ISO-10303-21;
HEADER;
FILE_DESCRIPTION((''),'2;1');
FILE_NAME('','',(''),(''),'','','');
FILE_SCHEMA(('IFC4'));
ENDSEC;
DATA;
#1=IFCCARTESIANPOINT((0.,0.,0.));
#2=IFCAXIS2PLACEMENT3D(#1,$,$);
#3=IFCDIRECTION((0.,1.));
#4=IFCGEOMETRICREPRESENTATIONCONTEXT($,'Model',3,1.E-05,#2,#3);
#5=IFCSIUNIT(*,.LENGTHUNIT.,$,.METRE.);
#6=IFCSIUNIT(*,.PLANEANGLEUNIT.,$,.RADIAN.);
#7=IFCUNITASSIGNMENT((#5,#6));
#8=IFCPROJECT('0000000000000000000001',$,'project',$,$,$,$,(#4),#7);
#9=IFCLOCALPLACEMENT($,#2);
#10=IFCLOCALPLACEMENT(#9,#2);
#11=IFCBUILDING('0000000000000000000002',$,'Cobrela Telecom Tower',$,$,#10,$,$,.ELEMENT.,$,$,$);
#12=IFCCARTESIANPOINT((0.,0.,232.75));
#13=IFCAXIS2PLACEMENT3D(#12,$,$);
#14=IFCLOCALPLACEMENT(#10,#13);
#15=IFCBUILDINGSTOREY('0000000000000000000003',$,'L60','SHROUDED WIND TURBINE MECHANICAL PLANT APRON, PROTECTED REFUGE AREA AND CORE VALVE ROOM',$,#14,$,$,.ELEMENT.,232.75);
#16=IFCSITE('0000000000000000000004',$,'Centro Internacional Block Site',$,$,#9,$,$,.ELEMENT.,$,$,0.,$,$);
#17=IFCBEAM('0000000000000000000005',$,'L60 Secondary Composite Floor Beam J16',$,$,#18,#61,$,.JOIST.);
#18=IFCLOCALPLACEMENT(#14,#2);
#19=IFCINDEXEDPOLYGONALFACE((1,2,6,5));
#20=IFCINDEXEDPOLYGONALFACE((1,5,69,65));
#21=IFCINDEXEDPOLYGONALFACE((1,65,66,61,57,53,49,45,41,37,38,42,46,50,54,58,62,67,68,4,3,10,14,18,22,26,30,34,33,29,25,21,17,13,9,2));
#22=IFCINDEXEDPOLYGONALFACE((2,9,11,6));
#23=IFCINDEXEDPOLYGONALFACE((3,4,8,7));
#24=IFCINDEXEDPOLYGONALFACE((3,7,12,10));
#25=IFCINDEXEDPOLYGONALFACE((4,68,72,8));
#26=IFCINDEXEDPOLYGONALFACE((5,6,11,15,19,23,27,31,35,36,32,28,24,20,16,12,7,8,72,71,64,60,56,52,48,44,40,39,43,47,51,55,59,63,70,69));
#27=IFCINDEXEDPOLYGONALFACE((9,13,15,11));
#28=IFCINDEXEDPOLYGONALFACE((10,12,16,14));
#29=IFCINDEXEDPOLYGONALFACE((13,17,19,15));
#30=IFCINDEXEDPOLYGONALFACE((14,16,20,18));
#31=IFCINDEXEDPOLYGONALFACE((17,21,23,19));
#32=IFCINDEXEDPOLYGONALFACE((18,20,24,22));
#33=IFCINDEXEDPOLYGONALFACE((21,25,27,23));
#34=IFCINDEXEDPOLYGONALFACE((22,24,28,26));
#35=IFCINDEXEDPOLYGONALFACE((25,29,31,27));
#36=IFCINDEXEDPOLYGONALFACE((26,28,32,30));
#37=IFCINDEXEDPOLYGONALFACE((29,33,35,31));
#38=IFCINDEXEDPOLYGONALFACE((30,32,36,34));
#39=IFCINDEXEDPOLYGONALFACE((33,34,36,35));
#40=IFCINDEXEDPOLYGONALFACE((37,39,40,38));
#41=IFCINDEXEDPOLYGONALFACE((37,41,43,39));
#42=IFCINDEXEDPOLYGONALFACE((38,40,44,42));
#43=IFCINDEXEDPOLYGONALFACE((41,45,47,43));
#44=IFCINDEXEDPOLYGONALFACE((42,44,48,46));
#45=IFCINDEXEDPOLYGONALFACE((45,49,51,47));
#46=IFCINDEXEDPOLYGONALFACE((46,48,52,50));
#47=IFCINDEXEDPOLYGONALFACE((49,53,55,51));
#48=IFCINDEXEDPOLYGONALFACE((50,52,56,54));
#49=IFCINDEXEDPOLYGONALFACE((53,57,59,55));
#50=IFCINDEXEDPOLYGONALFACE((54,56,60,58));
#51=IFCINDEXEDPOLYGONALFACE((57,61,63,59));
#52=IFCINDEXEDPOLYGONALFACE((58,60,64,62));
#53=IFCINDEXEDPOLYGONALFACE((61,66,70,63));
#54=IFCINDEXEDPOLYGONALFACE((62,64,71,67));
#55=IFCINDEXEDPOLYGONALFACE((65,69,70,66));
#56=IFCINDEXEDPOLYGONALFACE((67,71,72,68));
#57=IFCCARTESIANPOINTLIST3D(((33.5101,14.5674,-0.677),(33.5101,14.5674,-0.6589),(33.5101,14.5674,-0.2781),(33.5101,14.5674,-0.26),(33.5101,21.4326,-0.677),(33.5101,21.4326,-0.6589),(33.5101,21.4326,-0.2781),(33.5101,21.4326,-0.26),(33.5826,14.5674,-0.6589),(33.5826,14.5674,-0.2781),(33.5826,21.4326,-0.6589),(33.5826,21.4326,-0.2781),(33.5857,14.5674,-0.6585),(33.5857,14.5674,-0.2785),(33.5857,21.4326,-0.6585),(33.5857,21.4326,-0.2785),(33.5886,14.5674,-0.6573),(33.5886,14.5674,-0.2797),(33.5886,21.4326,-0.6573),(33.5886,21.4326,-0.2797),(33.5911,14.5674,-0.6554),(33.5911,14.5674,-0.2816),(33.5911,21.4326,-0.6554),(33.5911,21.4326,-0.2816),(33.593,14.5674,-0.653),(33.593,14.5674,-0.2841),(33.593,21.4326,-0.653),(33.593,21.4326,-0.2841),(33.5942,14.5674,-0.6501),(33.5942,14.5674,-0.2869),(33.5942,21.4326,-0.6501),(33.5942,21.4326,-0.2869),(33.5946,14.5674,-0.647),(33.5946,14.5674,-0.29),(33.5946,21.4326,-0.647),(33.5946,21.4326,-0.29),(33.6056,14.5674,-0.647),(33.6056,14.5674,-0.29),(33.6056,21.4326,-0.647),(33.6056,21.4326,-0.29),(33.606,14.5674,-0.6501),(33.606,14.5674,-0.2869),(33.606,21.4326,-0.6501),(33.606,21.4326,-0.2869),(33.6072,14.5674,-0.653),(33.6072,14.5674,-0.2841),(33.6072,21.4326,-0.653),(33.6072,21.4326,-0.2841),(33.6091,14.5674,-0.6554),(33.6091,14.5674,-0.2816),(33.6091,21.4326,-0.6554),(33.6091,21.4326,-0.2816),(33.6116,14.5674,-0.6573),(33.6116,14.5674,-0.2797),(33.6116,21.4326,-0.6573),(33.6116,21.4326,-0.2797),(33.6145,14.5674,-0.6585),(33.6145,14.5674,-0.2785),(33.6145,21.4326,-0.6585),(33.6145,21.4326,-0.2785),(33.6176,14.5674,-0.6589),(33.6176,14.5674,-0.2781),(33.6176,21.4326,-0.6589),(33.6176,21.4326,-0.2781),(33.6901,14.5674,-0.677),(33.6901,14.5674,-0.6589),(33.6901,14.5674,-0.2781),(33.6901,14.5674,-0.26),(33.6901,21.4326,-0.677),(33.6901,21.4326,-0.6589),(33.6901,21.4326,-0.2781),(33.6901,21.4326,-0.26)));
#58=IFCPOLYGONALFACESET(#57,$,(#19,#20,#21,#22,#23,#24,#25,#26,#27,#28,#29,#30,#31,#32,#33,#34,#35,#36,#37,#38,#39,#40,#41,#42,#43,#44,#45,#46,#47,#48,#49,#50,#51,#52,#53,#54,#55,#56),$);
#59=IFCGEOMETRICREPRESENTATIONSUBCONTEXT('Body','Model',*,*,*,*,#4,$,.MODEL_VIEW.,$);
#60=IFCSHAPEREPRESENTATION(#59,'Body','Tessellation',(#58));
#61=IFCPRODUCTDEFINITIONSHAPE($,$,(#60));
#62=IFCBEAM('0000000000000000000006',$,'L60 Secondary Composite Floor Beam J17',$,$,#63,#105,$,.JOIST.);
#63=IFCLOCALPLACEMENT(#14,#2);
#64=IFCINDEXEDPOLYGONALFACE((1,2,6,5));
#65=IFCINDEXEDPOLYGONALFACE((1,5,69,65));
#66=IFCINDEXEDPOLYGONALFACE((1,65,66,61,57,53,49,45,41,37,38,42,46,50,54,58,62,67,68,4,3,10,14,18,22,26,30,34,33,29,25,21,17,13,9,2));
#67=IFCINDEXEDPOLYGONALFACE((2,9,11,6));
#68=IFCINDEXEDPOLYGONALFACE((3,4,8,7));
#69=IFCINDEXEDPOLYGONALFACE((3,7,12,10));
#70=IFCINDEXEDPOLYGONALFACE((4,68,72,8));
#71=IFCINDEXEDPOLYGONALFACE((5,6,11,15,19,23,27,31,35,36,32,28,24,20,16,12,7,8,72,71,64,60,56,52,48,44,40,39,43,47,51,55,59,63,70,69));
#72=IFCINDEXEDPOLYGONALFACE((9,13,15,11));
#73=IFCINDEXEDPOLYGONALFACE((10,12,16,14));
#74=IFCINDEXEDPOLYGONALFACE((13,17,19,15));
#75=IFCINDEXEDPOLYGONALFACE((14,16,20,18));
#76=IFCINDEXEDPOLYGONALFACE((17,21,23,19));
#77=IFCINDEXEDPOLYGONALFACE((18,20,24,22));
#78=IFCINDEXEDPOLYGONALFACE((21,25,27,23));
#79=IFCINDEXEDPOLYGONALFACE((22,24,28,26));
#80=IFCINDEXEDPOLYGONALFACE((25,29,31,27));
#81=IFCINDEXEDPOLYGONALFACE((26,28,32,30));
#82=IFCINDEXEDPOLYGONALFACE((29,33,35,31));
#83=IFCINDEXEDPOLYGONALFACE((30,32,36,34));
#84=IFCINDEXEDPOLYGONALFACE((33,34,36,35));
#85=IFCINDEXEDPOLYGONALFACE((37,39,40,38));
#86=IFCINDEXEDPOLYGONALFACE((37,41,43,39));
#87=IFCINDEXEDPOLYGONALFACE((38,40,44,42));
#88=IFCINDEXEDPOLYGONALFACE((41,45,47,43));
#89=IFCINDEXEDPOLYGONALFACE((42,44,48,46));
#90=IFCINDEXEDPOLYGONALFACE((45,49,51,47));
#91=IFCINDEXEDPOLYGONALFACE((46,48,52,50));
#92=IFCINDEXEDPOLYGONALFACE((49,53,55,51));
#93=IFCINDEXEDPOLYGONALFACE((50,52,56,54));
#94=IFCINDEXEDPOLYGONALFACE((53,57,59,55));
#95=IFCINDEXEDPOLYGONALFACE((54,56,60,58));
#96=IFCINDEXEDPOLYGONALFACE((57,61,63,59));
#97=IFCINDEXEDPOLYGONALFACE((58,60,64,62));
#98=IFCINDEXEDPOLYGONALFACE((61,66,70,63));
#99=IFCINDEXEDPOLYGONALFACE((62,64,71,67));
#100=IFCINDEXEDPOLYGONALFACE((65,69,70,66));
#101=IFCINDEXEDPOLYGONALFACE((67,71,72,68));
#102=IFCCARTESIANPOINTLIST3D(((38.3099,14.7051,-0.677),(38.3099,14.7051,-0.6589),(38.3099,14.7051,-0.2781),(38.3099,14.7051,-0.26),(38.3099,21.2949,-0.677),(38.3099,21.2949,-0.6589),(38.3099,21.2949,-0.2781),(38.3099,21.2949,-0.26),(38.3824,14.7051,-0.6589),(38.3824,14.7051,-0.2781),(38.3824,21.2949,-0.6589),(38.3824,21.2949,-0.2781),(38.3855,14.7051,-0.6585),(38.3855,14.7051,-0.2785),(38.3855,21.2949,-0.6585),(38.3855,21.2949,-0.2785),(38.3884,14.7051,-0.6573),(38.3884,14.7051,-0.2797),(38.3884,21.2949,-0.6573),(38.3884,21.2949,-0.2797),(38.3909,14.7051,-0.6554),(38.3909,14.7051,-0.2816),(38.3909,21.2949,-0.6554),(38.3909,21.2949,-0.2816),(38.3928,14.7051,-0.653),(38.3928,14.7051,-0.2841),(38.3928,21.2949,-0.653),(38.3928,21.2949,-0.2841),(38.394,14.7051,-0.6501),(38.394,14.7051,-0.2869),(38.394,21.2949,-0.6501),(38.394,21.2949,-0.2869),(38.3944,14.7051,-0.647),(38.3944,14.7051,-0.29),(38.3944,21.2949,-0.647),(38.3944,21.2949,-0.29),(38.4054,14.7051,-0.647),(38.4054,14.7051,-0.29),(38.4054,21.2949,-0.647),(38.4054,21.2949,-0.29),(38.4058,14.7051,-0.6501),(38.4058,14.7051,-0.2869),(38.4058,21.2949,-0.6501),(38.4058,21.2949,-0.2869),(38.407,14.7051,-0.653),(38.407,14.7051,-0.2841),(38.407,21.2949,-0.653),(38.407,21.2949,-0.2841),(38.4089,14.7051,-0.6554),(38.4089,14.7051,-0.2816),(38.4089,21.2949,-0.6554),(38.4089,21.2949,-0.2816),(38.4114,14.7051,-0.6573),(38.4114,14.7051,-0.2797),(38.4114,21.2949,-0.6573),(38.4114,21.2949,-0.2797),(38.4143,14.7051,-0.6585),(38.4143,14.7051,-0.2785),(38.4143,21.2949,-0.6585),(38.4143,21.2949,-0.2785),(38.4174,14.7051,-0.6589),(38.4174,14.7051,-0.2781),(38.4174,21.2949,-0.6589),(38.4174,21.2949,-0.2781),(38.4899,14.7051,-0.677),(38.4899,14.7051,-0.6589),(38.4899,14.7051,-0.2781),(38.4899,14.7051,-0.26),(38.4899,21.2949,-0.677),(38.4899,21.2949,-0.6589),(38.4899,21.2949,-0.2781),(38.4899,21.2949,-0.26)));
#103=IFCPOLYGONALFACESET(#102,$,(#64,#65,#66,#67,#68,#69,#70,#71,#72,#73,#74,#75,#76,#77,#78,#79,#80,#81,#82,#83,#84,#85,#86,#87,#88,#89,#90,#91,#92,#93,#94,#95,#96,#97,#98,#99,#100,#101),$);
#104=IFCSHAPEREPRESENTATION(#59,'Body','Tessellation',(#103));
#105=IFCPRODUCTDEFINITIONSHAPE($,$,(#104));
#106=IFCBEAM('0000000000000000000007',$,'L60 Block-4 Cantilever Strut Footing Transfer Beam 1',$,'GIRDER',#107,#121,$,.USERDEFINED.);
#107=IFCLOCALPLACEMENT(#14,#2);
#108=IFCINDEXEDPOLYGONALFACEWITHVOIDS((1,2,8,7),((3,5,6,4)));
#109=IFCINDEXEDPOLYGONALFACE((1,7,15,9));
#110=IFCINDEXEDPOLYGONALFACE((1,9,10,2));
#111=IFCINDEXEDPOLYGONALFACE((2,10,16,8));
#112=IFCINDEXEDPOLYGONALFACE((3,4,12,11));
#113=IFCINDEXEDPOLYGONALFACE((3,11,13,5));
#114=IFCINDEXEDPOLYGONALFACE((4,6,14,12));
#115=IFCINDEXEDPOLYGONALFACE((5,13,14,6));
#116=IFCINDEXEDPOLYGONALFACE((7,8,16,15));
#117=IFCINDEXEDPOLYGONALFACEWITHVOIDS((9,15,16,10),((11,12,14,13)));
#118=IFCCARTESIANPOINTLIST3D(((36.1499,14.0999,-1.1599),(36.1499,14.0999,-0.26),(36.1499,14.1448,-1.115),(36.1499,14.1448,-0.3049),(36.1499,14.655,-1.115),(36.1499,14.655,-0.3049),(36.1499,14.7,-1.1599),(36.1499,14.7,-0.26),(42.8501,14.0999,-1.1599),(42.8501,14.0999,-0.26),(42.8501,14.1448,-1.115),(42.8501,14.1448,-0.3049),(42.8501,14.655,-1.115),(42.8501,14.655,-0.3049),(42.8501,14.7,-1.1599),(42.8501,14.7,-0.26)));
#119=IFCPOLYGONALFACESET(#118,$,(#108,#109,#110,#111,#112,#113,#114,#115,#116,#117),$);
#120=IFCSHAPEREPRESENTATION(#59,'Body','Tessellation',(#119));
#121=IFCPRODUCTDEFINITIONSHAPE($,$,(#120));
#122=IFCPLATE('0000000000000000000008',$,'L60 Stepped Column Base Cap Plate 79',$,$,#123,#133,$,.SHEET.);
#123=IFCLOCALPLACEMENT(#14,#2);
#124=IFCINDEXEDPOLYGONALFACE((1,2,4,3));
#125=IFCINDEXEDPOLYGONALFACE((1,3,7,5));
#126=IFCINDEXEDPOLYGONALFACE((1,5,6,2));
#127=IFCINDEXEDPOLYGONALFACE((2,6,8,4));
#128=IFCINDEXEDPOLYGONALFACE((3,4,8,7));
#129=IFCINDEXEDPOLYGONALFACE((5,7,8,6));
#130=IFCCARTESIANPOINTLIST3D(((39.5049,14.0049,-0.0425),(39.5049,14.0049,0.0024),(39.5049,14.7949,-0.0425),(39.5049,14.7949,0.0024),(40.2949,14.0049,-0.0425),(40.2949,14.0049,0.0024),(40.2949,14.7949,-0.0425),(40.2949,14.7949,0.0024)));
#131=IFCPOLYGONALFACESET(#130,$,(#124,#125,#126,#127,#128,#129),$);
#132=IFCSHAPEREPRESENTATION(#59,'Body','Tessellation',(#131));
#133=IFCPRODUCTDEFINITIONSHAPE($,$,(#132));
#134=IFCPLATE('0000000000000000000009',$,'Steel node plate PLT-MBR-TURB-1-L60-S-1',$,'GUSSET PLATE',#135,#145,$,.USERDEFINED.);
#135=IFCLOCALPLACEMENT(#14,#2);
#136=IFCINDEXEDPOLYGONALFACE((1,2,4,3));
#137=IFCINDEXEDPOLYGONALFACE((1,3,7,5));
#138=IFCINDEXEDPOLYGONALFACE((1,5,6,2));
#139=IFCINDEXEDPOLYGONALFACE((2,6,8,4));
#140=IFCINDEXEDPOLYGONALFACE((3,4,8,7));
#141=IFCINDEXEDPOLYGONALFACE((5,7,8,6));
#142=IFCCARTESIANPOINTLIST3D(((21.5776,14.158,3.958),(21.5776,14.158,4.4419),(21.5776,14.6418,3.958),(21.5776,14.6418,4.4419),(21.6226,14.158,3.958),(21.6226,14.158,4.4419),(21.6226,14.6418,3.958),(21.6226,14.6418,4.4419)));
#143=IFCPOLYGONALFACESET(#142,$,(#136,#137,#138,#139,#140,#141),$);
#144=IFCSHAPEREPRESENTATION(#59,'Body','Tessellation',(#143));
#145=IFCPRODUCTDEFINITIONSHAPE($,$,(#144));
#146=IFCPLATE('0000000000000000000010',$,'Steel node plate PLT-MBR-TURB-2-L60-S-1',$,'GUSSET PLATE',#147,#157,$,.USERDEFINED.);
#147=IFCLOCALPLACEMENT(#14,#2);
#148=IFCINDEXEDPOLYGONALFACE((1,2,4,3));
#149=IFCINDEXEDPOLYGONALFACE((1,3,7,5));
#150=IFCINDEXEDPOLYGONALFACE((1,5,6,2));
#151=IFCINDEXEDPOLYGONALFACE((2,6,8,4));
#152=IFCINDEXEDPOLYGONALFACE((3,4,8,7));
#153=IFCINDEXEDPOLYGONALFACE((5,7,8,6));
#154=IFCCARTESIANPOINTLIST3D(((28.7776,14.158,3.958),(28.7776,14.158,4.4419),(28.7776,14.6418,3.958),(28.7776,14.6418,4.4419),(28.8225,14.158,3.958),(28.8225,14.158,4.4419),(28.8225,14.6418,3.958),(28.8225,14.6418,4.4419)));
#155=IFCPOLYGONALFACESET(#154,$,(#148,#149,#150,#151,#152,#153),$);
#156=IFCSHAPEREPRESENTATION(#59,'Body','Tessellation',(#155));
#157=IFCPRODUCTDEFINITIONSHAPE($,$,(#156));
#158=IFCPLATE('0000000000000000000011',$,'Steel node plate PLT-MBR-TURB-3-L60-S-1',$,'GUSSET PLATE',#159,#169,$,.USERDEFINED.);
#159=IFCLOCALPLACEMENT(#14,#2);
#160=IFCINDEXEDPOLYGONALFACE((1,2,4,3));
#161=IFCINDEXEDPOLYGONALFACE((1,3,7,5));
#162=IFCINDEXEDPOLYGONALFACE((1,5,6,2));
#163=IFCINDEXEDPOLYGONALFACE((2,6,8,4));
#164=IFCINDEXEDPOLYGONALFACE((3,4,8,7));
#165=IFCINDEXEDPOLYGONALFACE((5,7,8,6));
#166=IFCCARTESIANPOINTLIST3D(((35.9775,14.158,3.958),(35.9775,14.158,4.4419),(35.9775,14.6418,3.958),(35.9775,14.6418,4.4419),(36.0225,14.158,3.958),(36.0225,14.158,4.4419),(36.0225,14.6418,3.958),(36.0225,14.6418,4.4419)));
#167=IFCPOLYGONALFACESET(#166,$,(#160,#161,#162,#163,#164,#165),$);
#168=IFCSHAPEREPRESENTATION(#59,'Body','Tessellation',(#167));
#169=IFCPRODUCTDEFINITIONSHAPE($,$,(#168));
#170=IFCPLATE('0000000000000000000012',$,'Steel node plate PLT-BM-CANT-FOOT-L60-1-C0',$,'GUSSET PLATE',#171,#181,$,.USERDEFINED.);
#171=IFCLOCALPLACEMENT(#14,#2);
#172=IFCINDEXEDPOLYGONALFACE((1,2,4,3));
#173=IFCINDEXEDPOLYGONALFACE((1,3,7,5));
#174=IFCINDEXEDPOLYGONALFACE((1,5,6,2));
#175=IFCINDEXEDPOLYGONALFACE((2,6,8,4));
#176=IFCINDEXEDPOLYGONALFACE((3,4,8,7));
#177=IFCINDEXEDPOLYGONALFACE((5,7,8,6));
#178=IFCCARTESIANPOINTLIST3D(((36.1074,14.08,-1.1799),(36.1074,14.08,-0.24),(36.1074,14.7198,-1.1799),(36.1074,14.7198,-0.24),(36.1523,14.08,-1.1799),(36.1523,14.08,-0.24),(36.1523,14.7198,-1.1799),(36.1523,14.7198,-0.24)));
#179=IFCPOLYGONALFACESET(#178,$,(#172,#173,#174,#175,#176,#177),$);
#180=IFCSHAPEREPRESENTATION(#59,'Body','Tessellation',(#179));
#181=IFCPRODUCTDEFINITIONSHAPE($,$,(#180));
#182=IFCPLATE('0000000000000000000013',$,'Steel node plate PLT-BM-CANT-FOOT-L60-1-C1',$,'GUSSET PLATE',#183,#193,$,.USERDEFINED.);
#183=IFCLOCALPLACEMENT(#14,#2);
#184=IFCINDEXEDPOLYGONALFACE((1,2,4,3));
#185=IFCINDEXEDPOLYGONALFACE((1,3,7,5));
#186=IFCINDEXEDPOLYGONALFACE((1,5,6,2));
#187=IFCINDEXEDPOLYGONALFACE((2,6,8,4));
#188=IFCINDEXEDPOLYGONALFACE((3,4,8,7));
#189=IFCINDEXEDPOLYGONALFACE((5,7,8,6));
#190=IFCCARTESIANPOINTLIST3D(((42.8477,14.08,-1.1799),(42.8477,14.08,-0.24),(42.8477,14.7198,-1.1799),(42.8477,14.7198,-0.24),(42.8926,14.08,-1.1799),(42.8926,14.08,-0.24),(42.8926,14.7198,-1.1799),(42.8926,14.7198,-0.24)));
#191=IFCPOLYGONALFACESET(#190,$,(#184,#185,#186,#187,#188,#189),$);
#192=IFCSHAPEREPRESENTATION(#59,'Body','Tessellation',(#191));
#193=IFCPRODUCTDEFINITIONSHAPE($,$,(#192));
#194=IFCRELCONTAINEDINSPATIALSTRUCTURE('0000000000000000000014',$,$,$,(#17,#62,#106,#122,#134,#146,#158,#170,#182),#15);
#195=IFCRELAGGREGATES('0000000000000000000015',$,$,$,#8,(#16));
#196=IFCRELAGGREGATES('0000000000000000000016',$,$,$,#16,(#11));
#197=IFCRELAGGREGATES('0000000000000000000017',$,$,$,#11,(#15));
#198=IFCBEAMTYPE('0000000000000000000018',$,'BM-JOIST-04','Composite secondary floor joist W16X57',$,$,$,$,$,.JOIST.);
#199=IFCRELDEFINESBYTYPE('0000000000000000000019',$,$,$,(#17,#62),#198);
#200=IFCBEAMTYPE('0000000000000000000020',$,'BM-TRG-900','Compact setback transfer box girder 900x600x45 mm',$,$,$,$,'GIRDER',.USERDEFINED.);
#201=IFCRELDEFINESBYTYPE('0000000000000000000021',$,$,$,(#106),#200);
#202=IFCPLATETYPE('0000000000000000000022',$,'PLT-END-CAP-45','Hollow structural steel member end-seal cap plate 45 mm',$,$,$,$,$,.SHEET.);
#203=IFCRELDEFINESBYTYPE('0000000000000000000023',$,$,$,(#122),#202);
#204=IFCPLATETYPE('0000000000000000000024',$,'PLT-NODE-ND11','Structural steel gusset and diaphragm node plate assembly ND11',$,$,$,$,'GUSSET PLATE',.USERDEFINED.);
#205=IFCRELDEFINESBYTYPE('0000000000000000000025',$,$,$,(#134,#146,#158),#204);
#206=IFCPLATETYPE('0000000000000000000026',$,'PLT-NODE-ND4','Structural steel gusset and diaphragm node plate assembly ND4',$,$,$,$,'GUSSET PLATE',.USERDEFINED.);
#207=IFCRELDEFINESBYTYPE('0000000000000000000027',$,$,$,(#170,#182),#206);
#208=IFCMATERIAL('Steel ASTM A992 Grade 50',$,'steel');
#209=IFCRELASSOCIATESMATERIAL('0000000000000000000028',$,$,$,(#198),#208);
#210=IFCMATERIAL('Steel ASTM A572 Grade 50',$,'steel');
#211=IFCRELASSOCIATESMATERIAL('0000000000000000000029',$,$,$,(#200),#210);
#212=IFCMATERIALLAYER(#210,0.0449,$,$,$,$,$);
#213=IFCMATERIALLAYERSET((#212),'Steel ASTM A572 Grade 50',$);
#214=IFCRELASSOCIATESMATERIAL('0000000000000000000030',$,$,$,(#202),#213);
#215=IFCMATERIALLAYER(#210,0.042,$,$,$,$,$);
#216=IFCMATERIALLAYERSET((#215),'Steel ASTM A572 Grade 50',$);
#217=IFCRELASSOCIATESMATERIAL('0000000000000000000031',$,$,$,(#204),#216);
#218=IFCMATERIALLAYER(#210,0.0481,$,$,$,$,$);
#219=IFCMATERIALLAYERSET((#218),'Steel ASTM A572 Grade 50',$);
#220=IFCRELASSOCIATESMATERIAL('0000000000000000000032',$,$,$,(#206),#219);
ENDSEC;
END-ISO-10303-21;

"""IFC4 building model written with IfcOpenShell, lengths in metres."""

from ifc_helpers import new_model, si_unit, direction, frame, origin, origin_2d, place, context, subcontext, project, spatial, rectangle, hollow_rectangle, i_section, extrude, material, layer, layer_set, material_profile, profile_set, type_object, element, save


model = new_model("IFC4")

# Units and contexts
model_context = context("Model", 3, precision=1e-05, world=origin(), true_north=direction((0.0, 1.0)))
body_context = subcontext(model_context, "Body", "Model", "MODEL_VIEW")
ifc_project = project(units=[si_unit("LENGTHUNIT", "METRE"), si_unit("PLANEANGLEUNIT", "RADIAN")], contexts=[model_context])

# Site, building, storey
site_placement = place(None, origin())
site = spatial("IfcSite", under=ifc_project, at=site_placement, Name="Centro Internacional Block Site", CompositionType="ELEMENT", RefElevation=0.0)
building_placement = place(site_placement, origin())
building = spatial("IfcBuilding", under=site, at=building_placement, Name="Cobrela Telecom Tower", CompositionType="ELEMENT")
storey_placement = place(building_placement, frame((0.0, 0.0, 232.75)))
storey = spatial("IfcBuildingStorey", under=building, at=storey_placement, Name="L60", Description="SHROUDED WIND TURBINE MECHANICAL PLANT APRON, PROTECTED REFUGE AREA AND CORE VALVE ROOM", CompositionType="ELEMENT", Elevation=232.75)

# Shared definitions
ifc_material_1 = material(Name="Steel ASTM A572 Grade 50", Category="steel")
ifc_material_2 = material(Name="Steel ASTM A992 Grade 50", Category="steel")

# Beams
ifc_material_profile_1 = material_profile(ifc_material_2, i_section(OverallWidth=0.1799, OverallDepth=0.417, WebThickness=0.011, FlangeThickness=0.0181, FilletRadius=0.012, at=origin_2d()), Name="W16X57")
ifc_profile_set_1 = profile_set([ifc_material_profile_1], Name="Steel ASTM A992 Grade 50")
beam_type_1 = type_object("IfcBeamType", Name="BM-JOIST-04", Description="Composite secondary floor joist W16X57", PredefinedType="JOIST", material=ifc_profile_set_1)
for number, where, z_axis, x_axis, name in (
    (1, (33.6001, 14.5674, -0.4685), (0.0, 1.0, 0.0), (-1.0, 0.0, 0.0), "L60 Secondary Composite Floor Beam J16"),
):
    element("IfcBeam", number, at=place(storey_placement, frame(where, z_axis=z_axis, x_axis=x_axis)), inside=storey, type_object=beam_type_1, Name=name, PredefinedType="JOIST", context=body_context, shape_type="SweptSolid", body=[
        extrude(i_section(OverallWidth=0.1799, OverallDepth=0.417, WebThickness=0.011, FlangeThickness=0.0181, FilletRadius=0.012, at=origin_2d()), origin(), (0.0, 0.0, 1.0), 6.8652),
    ])
beam_1_placement = place(storey_placement, frame((38.3999, 14.7051, -0.4685), z_axis=(0.0, 1.0, 0.0), x_axis=(-1.0, 0.0, 0.0)))
element("IfcBeam", 2, at=beam_1_placement, inside=storey, type_object=beam_type_1, Name="L60 Secondary Composite Floor Beam J17", PredefinedType="JOIST", context=body_context, shape_type="SweptSolid", body=[
    extrude(i_section(OverallWidth=0.1799, OverallDepth=0.417, WebThickness=0.011, FlangeThickness=0.0181, FilletRadius=0.012, at=origin_2d()), origin(), (0.0, 0.0, 1.0), 6.5898),
])
ifc_material_profile_2 = material_profile(ifc_material_1, hollow_rectangle(XDim=0.6001, YDim=0.8999, WallThickness=0.0449, at=origin_2d()), Name="BOX 900x600x45")
ifc_profile_set_2 = profile_set([ifc_material_profile_2], Name="Steel ASTM A572 Grade 50")
beam_type_2 = type_object("IfcBeamType", Name="BM-TRG-900", Description="Compact setback transfer box girder 900x600x45 mm", ElementType="GIRDER", PredefinedType="USERDEFINED", material=ifc_profile_set_2)
beam_2_placement = place(storey_placement, frame((36.1499, 14.3999, -0.71), z_axis=(1.0, 0.0, 0.0), x_axis=(0.0, 1.0, 0.0)))
element("IfcBeam", 3, at=beam_2_placement, inside=storey, type_object=beam_type_2, Name="L60 Block-4 Cantilever Strut Footing Transfer Beam 1", ObjectType="GIRDER", PredefinedType="USERDEFINED", context=body_context, shape_type="SweptSolid", body=[
    extrude(hollow_rectangle(XDim=0.6001, YDim=0.8999, WallThickness=0.0449, at=origin_2d()), origin(), (0.0, 0.0, 1.0), 6.7002),
])

# Plates
ifc_layer_1 = layer(ifc_material_1, 0.0449)
ifc_layer_set_1 = layer_set([ifc_layer_1], Name="Steel ASTM A572 Grade 50")
plate_type_1 = type_object("IfcPlateType", Name="PLT-END-CAP-45", Description="Hollow structural steel member end-seal cap plate 45 mm", PredefinedType="SHEET", material=ifc_layer_set_1)
plate_1_placement = place(storey_placement, frame((39.8999, 14.3999, -0.0425), z_axis=(0.0, 0.0, 1.0), x_axis=(1.0, 0.0, 0.0)))
element("IfcPlate", 4, at=plate_1_placement, inside=storey, type_object=plate_type_1, Name="L60 Stepped Column Base Cap Plate 79", PredefinedType="SHEET", context=body_context, shape_type="SweptSolid", body=[
    extrude(rectangle(XDim=0.79, YDim=0.79, at=origin_2d()), origin(), (0.0, 0.0, 1.0), 0.0449),
])
ifc_layer_2 = layer(ifc_material_1, 0.042)
ifc_layer_set_2 = layer_set([ifc_layer_2], Name="Steel ASTM A572 Grade 50")
plate_type_2 = type_object("IfcPlateType", Name="PLT-NODE-ND11", Description="Structural steel gusset and diaphragm node plate assembly ND11", ElementType="GUSSET PLATE", PredefinedType="USERDEFINED", material=ifc_layer_set_2)
for number, where, z_axis, x_axis, name in (
    (5, (21.6001, 14.3999, 3.958), (0.0, 0.0, 1.0), (0.0, 1.0, 0.0), "Steel node plate PLT-MBR-TURB-1-L60-S-1"),
    (6, (28.8, 14.3999, 3.958), (0.0, 0.0, 1.0), (0.0, 1.0, 0.0), "Steel node plate PLT-MBR-TURB-2-L60-S-1"),
    (7, (36.0, 14.3999, 3.958), (0.0, 0.0, 1.0), (0.0, 1.0, 0.0), "Steel node plate PLT-MBR-TURB-3-L60-S-1"),
):
    element("IfcPlate", number, at=place(storey_placement, frame(where, z_axis=z_axis, x_axis=x_axis)), inside=storey, type_object=plate_type_2, Name=name, ObjectType="GUSSET PLATE", PredefinedType="USERDEFINED", context=body_context, shape_type="SweptSolid", body=[
        extrude(rectangle(XDim=0.4839, YDim=0.0449, at=origin_2d()), origin(), (0.0, 0.0, 1.0), 0.4839),
    ])
ifc_layer_3 = layer(ifc_material_1, 0.0481)
ifc_layer_set_3 = layer_set([ifc_layer_3], Name="Steel ASTM A572 Grade 50")
plate_type_3 = type_object("IfcPlateType", Name="PLT-NODE-ND4", Description="Structural steel gusset and diaphragm node plate assembly ND4", ElementType="GUSSET PLATE", PredefinedType="USERDEFINED", material=ifc_layer_set_3)
for number, where, z_axis, x_axis, name in (
    (8, (36.1299, 14.3999, -1.1799), (0.0, 0.0, 1.0), (1.0, 0.0, 0.0), "Steel node plate PLT-BM-CANT-FOOT-L60-1-C0"),
    (9, (42.8701, 14.3999, -1.1799), (0.0, 0.0, 1.0), (1.0, 0.0, 0.0), "Steel node plate PLT-BM-CANT-FOOT-L60-1-C1"),
):
    element("IfcPlate", number, at=place(storey_placement, frame(where, z_axis=z_axis, x_axis=x_axis)), inside=storey, type_object=plate_type_3, Name=name, ObjectType="GUSSET PLATE", PredefinedType="USERDEFINED", context=body_context, shape_type="SweptSolid", body=[
        extrude(rectangle(XDim=0.0449, YDim=0.6399, at=origin_2d()), origin(), (0.0, 0.0, 1.0), 0.9399),
    ])

save(model, "model.ifc")
